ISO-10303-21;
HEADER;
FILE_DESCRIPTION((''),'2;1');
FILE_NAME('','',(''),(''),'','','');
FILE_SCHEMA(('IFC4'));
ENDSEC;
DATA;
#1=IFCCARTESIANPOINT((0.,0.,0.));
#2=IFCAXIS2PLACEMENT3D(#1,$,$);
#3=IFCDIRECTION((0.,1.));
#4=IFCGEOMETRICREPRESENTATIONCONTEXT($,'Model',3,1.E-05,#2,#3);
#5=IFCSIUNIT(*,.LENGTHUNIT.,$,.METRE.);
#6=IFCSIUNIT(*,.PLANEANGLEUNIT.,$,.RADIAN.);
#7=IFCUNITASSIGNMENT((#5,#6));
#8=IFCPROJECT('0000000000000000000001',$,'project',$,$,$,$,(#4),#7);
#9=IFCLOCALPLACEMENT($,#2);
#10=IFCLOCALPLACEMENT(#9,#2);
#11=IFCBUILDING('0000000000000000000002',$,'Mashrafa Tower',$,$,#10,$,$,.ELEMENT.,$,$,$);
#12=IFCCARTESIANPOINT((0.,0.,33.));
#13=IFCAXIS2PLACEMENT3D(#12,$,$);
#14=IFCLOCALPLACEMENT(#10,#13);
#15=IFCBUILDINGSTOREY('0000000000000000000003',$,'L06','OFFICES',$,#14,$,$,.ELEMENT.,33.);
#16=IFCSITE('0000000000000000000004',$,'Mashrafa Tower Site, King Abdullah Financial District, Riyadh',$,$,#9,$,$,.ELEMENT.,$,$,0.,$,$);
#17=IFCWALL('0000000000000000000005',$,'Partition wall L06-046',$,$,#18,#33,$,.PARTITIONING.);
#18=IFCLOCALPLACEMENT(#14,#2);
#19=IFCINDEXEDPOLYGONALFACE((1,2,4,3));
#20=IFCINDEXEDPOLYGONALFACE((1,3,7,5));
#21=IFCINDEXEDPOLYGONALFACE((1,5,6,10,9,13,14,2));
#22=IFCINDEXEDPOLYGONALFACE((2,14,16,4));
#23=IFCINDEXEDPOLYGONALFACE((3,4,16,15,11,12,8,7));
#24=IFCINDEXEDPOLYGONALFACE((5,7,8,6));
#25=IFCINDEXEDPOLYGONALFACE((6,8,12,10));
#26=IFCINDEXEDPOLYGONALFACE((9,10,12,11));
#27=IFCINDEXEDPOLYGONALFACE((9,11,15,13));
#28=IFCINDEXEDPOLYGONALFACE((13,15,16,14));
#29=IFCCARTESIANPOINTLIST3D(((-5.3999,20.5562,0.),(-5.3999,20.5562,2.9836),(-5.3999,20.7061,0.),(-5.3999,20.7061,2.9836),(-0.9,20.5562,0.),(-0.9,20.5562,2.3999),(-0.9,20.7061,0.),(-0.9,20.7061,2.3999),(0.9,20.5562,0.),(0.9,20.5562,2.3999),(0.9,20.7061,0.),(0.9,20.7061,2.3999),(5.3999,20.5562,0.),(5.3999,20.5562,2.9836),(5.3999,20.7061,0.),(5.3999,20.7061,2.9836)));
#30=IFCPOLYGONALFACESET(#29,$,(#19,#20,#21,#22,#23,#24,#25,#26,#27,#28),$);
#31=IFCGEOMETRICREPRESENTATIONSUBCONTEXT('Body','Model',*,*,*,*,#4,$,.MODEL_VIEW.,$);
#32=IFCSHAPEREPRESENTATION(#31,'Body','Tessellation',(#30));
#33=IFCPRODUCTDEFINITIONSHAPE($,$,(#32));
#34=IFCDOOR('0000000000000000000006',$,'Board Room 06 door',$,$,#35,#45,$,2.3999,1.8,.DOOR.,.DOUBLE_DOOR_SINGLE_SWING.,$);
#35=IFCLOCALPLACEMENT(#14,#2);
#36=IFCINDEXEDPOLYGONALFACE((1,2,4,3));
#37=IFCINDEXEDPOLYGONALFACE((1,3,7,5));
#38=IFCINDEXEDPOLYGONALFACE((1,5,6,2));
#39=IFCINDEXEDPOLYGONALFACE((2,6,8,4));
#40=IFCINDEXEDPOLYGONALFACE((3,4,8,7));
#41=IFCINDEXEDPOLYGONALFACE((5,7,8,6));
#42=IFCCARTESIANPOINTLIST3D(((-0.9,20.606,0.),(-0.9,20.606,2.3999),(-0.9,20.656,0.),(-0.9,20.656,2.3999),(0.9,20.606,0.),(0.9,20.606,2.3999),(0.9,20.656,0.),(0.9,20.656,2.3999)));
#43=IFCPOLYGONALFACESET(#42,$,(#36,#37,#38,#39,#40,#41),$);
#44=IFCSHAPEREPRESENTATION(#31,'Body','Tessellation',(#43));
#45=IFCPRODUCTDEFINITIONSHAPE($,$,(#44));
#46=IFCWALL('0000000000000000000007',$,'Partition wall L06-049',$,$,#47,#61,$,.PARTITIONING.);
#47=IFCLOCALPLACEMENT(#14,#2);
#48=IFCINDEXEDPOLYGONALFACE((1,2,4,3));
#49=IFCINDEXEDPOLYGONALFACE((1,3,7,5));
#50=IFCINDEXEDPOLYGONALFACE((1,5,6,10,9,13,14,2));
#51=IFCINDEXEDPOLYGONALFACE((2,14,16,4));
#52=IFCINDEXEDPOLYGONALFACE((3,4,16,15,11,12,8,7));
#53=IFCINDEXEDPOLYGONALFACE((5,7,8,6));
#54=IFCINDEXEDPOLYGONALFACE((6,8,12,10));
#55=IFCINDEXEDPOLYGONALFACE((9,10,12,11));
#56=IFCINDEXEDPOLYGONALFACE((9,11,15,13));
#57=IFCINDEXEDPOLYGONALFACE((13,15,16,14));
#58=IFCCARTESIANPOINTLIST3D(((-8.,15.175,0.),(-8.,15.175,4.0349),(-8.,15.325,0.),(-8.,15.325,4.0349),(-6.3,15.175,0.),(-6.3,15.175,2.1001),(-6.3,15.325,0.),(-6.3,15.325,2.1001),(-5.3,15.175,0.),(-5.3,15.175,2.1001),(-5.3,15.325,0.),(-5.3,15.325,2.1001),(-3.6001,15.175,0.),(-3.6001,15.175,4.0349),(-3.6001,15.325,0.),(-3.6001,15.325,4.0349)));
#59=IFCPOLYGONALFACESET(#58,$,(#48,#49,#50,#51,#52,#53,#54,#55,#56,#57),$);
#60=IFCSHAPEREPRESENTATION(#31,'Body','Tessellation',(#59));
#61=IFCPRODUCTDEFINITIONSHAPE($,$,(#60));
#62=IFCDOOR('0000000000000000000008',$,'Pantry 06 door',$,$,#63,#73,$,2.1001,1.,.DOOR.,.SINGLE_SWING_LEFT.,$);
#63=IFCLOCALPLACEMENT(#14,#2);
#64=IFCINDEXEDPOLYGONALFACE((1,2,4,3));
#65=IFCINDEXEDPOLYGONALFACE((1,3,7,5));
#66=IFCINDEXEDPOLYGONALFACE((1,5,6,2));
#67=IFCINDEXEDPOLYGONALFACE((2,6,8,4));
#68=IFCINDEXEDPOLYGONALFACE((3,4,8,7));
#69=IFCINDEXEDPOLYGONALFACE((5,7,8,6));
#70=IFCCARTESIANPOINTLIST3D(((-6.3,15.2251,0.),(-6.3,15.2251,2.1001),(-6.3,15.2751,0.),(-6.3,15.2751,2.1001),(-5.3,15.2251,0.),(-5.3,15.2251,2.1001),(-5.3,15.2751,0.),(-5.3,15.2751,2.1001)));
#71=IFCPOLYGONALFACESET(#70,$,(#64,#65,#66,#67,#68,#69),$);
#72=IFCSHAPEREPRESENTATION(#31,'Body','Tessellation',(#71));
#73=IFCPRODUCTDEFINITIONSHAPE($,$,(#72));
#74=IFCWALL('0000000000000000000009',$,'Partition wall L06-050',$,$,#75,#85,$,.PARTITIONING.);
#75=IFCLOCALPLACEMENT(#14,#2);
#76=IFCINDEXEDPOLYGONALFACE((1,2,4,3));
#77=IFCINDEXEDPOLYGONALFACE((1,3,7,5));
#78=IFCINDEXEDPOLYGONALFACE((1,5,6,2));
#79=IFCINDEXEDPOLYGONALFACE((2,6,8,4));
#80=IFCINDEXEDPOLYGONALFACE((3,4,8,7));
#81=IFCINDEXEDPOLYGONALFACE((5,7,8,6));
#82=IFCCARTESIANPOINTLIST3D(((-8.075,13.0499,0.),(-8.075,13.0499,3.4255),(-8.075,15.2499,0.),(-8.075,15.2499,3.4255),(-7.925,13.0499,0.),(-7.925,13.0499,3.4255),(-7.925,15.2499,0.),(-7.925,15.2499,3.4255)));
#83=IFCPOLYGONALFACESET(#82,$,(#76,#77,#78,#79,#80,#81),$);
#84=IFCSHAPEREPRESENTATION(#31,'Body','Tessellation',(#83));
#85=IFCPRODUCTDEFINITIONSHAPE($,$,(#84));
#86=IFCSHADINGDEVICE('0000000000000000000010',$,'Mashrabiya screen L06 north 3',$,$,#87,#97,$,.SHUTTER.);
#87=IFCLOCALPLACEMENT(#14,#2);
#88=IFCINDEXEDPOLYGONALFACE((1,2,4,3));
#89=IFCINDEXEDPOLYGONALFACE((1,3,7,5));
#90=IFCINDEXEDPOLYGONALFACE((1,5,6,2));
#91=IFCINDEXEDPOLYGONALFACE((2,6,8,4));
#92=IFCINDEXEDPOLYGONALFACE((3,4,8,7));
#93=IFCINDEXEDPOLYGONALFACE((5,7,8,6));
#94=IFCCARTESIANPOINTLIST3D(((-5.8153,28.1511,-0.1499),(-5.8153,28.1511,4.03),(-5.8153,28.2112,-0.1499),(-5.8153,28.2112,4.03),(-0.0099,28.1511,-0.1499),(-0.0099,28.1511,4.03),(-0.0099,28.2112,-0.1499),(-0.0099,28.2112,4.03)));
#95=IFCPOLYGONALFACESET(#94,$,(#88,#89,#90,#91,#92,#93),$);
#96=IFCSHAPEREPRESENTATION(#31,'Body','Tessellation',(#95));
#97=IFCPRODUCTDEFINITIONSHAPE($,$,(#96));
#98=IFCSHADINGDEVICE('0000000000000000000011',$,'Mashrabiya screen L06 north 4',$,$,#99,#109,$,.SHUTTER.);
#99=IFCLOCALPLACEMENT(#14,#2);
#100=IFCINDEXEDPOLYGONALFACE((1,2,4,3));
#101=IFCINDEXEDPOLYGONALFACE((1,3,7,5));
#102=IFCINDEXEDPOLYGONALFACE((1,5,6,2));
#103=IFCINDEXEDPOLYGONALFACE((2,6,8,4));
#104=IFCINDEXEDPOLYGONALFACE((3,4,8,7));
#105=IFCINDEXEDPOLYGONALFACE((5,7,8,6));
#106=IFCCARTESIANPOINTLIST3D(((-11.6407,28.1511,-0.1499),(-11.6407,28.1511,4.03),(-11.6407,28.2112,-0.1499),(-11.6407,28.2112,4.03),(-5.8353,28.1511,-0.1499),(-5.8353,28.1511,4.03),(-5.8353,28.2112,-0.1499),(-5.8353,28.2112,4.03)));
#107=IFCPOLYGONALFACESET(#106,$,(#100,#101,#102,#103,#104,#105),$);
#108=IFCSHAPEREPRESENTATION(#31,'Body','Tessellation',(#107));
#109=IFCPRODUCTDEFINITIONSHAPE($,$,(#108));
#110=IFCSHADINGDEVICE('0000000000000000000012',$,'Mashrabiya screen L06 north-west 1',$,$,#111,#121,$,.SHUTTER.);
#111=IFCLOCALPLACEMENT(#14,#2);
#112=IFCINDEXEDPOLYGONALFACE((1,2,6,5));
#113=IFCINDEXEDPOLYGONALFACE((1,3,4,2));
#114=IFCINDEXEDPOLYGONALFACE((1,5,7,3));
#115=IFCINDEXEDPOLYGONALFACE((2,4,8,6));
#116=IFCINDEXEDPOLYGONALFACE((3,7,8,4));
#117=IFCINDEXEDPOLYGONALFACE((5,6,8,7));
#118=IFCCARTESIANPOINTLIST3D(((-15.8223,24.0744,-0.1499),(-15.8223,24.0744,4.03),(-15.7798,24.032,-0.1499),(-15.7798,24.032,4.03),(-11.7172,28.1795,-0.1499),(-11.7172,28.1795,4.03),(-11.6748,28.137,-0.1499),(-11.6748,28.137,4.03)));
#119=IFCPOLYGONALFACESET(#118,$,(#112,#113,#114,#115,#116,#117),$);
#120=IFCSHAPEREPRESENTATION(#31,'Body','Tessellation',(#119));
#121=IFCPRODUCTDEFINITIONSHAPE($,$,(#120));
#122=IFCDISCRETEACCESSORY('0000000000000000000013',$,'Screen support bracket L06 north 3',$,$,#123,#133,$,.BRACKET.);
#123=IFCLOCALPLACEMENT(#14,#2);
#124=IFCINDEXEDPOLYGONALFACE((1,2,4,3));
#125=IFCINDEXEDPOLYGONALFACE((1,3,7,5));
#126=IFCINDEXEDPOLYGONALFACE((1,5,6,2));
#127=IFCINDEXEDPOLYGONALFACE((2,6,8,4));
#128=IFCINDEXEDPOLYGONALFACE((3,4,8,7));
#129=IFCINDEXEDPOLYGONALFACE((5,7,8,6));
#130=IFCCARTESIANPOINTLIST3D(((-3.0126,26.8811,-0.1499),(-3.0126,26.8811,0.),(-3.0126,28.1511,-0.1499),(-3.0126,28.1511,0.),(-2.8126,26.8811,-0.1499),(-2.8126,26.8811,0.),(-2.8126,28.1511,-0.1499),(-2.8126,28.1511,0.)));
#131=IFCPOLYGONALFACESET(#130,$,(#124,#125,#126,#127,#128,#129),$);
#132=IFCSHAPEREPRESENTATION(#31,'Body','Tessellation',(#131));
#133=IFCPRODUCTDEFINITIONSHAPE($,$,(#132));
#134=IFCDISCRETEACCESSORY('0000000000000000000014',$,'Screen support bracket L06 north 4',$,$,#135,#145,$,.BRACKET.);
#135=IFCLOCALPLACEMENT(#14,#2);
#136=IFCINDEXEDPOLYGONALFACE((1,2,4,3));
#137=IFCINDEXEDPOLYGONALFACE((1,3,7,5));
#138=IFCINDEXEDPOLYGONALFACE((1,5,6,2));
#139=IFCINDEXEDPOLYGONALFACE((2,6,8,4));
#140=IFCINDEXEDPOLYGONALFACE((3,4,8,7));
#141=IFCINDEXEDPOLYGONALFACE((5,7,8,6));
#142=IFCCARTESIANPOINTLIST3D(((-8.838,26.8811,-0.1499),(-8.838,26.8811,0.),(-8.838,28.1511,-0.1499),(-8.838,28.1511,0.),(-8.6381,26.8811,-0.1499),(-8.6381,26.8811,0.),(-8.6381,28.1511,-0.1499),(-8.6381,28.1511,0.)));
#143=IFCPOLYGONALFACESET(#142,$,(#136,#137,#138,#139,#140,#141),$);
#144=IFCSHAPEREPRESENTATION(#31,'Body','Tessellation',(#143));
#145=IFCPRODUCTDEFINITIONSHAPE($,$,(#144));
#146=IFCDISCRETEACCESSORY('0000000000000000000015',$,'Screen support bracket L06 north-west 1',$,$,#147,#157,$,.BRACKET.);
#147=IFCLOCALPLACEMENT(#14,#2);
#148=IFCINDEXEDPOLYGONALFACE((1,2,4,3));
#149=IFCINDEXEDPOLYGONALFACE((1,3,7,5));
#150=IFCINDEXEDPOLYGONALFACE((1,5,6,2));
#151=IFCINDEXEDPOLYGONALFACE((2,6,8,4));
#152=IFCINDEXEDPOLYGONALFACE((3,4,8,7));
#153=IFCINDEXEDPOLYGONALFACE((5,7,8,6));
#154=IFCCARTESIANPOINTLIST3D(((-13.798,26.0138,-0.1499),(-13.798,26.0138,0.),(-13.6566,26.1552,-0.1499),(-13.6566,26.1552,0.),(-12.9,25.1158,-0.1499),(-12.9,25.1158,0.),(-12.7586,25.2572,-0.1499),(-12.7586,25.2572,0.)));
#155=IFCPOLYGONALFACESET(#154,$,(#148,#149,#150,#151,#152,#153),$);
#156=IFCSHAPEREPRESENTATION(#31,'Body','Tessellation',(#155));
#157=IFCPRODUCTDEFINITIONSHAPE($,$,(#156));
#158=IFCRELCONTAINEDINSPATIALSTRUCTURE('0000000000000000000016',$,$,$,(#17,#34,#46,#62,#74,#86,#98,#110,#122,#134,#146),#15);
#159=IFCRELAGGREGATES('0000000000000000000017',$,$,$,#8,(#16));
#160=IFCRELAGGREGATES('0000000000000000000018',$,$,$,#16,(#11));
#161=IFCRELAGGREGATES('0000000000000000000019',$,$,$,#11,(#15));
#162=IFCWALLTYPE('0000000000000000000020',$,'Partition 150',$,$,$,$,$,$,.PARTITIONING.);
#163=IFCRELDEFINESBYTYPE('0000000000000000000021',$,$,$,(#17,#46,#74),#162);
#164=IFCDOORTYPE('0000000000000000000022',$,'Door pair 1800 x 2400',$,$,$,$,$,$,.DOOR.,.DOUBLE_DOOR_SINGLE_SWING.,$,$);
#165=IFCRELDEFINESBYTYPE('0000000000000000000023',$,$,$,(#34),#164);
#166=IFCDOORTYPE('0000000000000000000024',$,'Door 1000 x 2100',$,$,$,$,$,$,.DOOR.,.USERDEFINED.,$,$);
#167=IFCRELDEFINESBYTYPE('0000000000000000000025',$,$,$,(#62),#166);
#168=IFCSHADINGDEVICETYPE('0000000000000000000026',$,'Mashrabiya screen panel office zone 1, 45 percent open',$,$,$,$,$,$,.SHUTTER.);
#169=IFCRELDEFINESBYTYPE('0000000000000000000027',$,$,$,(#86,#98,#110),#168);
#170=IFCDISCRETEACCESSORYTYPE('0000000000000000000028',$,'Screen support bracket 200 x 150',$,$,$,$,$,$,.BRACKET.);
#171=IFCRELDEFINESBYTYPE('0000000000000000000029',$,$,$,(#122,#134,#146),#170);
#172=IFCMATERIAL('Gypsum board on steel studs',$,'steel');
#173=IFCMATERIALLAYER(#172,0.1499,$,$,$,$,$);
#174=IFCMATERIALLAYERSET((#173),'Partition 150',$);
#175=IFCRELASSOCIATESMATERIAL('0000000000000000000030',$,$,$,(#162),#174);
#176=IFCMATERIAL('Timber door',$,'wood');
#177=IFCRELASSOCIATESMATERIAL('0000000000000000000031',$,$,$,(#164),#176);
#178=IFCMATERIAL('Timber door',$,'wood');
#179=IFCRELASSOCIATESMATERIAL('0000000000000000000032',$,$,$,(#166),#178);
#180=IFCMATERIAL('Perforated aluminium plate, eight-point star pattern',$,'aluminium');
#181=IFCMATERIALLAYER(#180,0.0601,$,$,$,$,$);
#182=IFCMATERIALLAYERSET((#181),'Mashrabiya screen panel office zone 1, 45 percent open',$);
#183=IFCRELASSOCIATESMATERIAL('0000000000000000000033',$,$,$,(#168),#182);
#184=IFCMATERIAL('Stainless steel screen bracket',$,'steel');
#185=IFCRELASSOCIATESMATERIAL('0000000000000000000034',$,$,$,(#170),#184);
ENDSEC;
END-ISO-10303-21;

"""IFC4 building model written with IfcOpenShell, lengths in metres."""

from ifc_helpers import new_model, si_unit, direction, frame, frame_2d, origin, origin_2d, place, context, subcontext, project, spatial, rectangle, extrude, source, transform, mapped, material, layer, layer_set, type_object, type_shapes, element, fill, save


model = new_model("IFC4")

# Units and contexts
model_context = context("Model", 3, precision=1e-05, world=origin(), true_north=direction((0.0, 1.0)))
body_context = subcontext(model_context, "Body", "Model", "MODEL_VIEW")
ifc_project = project(units=[si_unit("LENGTHUNIT", "METRE"), si_unit("PLANEANGLEUNIT", "RADIAN")], contexts=[model_context])

# Site, building, storey
site_placement = place(None, origin())
site = spatial("IfcSite", under=ifc_project, at=site_placement, Name="Mashrafa Tower Site, King Abdullah Financial District, Riyadh", CompositionType="ELEMENT", RefElevation=0.0)
building_placement = place(site_placement, origin())
building = spatial("IfcBuilding", under=site, at=building_placement, Name="Mashrafa Tower", CompositionType="ELEMENT")
storey_placement = place(building_placement, frame((0.0, 0.0, 33.0)))
storey = spatial("IfcBuildingStorey", under=building, at=storey_placement, Name="L06", Description="OFFICES", CompositionType="ELEMENT", Elevation=33.0)

# Shared definitions
ifc_material_1 = material(Name="Gypsum board on steel studs", Category="steel")
ifc_layer_1 = layer(ifc_material_1, 0.1499)
ifc_layer_set_1 = layer_set([ifc_layer_1], Name="Partition 150")
wall_type = type_object("IfcWallType", Name="Partition 150", PredefinedType="PARTITIONING", material=ifc_layer_set_1)

# Walls, openings, doors
wall_1_placement = place(storey_placement, frame((-5.3999, 20.6311, 0.0), z_axis=(0.0, 0.0, 1.0), x_axis=(1.0, 0.0, 0.0)))
wall_1 = element("IfcWall", 1, at=wall_1_placement, inside=storey, type_object=wall_type, Name="Partition wall L06-046", PredefinedType="PARTITIONING", context=body_context, shape_type="SweptSolid", body=[
    extrude(rectangle(XDim=10.7998, YDim=0.1499, at=frame_2d((5.3999, 0.0))), origin(), (0.0, 0.0, 1.0), 2.9836),
])
opening_1_placement = place(wall_1_placement, frame((4.5, 0.0, 0.0)))
opening_1 = element("IfcOpeningElement", 2, at=opening_1_placement, cuts=wall_1, PredefinedType="OPENING", context=body_context, shape_type="SweptSolid", body=[
    extrude(rectangle(XDim=1.8, YDim=2.3999, at=frame_2d((0.8999, 1.2))), frame((0.0, 0.085, 0.0), z_axis=(0.0, -1.0, 0.0), x_axis=(1.0, 0.0, 0.0)), (0.0, 0.0, 1.0), 0.1699),
])
ifc_material_2 = material(Name="Timber door", Category="wood")
door_type_1 = type_object("IfcDoorType", Name="Door pair 1800 x 2400", OperationType="DOUBLE_DOOR_SINGLE_SWING", PredefinedType="DOOR", material=ifc_material_2)
door_1_placement = place(opening_1_placement, origin())
door_1 = element("IfcDoor", 3, at=door_1_placement, inside=storey, type_object=door_type_1, Name="Board Room 06 door", OperationType="DOUBLE_DOOR_SINGLE_SWING", OverallHeight=2.3999, OverallWidth=1.8, PredefinedType="DOOR", context=body_context, shape_type="SweptSolid", body=[
    extrude(rectangle(XDim=1.8, YDim=2.3999, at=frame_2d((0.8999, 1.2))), frame((0.0, 0.0249, 0.0), z_axis=(0.0, -1.0, 0.0), x_axis=(1.0, 0.0, 0.0)), (0.0, 0.0, 1.0), 0.05),
])
fill(opening_1, door_1)
wall_2_placement = place(storey_placement, frame((-3.6001, 15.25, 0.0), z_axis=(0.0, 0.0, 1.0), x_axis=(-1.0, 0.0, 0.0)))
wall_2 = element("IfcWall", 4, at=wall_2_placement, inside=storey, type_object=wall_type, Name="Partition wall L06-049", PredefinedType="PARTITIONING", context=body_context, shape_type="SweptSolid", body=[
    extrude(rectangle(XDim=4.3999, YDim=0.1499, at=frame_2d((2.2, 0.0))), origin(), (0.0, 0.0, 1.0), 4.0349),
])
opening_2_placement = place(wall_2_placement, frame((1.7, 0.0, 0.0)))
opening_2 = element("IfcOpeningElement", 5, at=opening_2_placement, cuts=wall_2, PredefinedType="OPENING", context=body_context, shape_type="SweptSolid", body=[
    extrude(rectangle(XDim=1.0, YDim=2.1001, at=frame_2d((0.5, 1.05))), frame((0.0, 0.085, 0.0), z_axis=(0.0, -1.0, 0.0), x_axis=(1.0, 0.0, 0.0)), (0.0, 0.0, 1.0), 0.1699),
])
ifc_material_3 = material(Name="Timber door", Category="wood")
door_type_2 = type_object("IfcDoorType", Name="Door 1000 x 2100", OperationType="USERDEFINED", PredefinedType="DOOR", material=ifc_material_3)
door_2_placement = place(opening_2_placement, origin())
door_2 = element("IfcDoor", 6, at=door_2_placement, inside=storey, type_object=door_type_2, Name="Pantry 06 door", OperationType="SINGLE_SWING_LEFT", OverallHeight=2.1001, OverallWidth=1.0, PredefinedType="DOOR", context=body_context, shape_type="SweptSolid", body=[
    extrude(rectangle(XDim=1.0, YDim=2.1001, at=frame_2d((0.5, 1.05))), frame((0.0, 0.0249, 0.0), z_axis=(0.0, -1.0, 0.0), x_axis=(1.0, 0.0, 0.0)), (0.0, 0.0, 1.0), 0.05),
])
fill(opening_2, door_2)

# Wall
wall_3_placement = place(storey_placement, frame((-8.0, 15.25, 0.0), z_axis=(0.0, 0.0, 1.0), x_axis=(0.0, -1.0, 0.0)))
element("IfcWall", 7, at=wall_3_placement, inside=storey, type_object=wall_type, Name="Partition wall L06-050", PredefinedType="PARTITIONING", context=body_context, shape_type="SweptSolid", body=[
    extrude(rectangle(XDim=2.2, YDim=0.1499, at=frame_2d((1.1001, 0.0))), origin(), (0.0, 0.0, 1.0), 3.4255),
])

# Shading devices
ifc_material_4 = material(Name="Perforated aluminium plate, eight-point star pattern", Category="aluminium")
ifc_layer_2 = layer(ifc_material_4, 0.0601)
ifc_layer_set_2 = layer_set([ifc_layer_2], Name="Mashrabiya screen panel office zone 1, 45 percent open")
shading_device_type = type_object("IfcShadingDeviceType", Name="Mashrabiya screen panel office zone 1, 45 percent open", PredefinedType="SHUTTER", material=ifc_layer_set_2)
shared_shape_1 = source(origin(), body_context, "Body", "SweptSolid", [
    extrude(rectangle(XDim=5.8054, YDim=0.0601, at=origin_2d()), origin(), (0.0, 0.0, 1.0), 4.1799),
])
type_shapes(shading_device_type, [shared_shape_1])
for number, where, z_axis, x_axis, name in (
    (8, (-2.9126, 28.1812, -0.1499), (0.0, 0.0, 1.0), (-1.0, 0.0, 0.0), "Mashrabiya screen L06 north 3"),
    (9, (-8.738, 28.1812, -0.1499), (0.0, 0.0, 1.0), (-1.0, 0.0, 0.0), "Mashrabiya screen L06 north 4"),
    (10, (-13.7485, 26.1057, -0.1499), (0.0, 0.0, 1.0), (-0.707107, -0.707107, 0.0), "Mashrabiya screen L06 north-west 1"),
):
    element("IfcShadingDevice", number, at=place(storey_placement, frame(where, z_axis=z_axis, x_axis=x_axis)), inside=storey, type_object=shading_device_type, Name=name, PredefinedType="SHUTTER", context=body_context, shape_type="MappedRepresentation", body=[
        mapped(shared_shape_1, transform((0.0, 0.0, 0.0))),
    ])

# Discrete accessories
ifc_material_5 = material(Name="Stainless steel screen bracket", Category="steel")
discrete_accessory_type = type_object("IfcDiscreteAccessoryType", Name="Screen support bracket 200 x 150", PredefinedType="BRACKET", material=ifc_material_5)
shared_shape_2 = source(origin(), body_context, "Body", "SweptSolid", [
    extrude(rectangle(XDim=0.2, YDim=1.27, at=origin_2d()), origin(), (0.0, 0.0, 1.0), 0.1499),
])
type_shapes(discrete_accessory_type, [shared_shape_2])
for number, where, z_axis, x_axis, name in (
    (11, (-2.9126, 27.5161, -0.1499), (0.0, 0.0, 1.0), (-1.0, 0.0, 0.0), "Screen support bracket L06 north 3"),
    (12, (-8.738, 27.5161, -0.1499), (0.0, 0.0, 1.0), (-1.0, 0.0, 0.0), "Screen support bracket L06 north 4"),
    (13, (-13.2783, 25.6355, -0.1499), (0.0, 0.0, 1.0), (-0.707107, -0.707107, 0.0), "Screen support bracket L06 north-west 1"),
):
    element("IfcDiscreteAccessory", number, at=place(storey_placement, frame(where, z_axis=z_axis, x_axis=x_axis)), inside=storey, type_object=discrete_accessory_type, Name=name, PredefinedType="BRACKET", context=body_context, shape_type="MappedRepresentation", body=[
        mapped(shared_shape_2, transform((0.0, 0.0, 0.0))),
    ])

save(model, "model.ifc")
